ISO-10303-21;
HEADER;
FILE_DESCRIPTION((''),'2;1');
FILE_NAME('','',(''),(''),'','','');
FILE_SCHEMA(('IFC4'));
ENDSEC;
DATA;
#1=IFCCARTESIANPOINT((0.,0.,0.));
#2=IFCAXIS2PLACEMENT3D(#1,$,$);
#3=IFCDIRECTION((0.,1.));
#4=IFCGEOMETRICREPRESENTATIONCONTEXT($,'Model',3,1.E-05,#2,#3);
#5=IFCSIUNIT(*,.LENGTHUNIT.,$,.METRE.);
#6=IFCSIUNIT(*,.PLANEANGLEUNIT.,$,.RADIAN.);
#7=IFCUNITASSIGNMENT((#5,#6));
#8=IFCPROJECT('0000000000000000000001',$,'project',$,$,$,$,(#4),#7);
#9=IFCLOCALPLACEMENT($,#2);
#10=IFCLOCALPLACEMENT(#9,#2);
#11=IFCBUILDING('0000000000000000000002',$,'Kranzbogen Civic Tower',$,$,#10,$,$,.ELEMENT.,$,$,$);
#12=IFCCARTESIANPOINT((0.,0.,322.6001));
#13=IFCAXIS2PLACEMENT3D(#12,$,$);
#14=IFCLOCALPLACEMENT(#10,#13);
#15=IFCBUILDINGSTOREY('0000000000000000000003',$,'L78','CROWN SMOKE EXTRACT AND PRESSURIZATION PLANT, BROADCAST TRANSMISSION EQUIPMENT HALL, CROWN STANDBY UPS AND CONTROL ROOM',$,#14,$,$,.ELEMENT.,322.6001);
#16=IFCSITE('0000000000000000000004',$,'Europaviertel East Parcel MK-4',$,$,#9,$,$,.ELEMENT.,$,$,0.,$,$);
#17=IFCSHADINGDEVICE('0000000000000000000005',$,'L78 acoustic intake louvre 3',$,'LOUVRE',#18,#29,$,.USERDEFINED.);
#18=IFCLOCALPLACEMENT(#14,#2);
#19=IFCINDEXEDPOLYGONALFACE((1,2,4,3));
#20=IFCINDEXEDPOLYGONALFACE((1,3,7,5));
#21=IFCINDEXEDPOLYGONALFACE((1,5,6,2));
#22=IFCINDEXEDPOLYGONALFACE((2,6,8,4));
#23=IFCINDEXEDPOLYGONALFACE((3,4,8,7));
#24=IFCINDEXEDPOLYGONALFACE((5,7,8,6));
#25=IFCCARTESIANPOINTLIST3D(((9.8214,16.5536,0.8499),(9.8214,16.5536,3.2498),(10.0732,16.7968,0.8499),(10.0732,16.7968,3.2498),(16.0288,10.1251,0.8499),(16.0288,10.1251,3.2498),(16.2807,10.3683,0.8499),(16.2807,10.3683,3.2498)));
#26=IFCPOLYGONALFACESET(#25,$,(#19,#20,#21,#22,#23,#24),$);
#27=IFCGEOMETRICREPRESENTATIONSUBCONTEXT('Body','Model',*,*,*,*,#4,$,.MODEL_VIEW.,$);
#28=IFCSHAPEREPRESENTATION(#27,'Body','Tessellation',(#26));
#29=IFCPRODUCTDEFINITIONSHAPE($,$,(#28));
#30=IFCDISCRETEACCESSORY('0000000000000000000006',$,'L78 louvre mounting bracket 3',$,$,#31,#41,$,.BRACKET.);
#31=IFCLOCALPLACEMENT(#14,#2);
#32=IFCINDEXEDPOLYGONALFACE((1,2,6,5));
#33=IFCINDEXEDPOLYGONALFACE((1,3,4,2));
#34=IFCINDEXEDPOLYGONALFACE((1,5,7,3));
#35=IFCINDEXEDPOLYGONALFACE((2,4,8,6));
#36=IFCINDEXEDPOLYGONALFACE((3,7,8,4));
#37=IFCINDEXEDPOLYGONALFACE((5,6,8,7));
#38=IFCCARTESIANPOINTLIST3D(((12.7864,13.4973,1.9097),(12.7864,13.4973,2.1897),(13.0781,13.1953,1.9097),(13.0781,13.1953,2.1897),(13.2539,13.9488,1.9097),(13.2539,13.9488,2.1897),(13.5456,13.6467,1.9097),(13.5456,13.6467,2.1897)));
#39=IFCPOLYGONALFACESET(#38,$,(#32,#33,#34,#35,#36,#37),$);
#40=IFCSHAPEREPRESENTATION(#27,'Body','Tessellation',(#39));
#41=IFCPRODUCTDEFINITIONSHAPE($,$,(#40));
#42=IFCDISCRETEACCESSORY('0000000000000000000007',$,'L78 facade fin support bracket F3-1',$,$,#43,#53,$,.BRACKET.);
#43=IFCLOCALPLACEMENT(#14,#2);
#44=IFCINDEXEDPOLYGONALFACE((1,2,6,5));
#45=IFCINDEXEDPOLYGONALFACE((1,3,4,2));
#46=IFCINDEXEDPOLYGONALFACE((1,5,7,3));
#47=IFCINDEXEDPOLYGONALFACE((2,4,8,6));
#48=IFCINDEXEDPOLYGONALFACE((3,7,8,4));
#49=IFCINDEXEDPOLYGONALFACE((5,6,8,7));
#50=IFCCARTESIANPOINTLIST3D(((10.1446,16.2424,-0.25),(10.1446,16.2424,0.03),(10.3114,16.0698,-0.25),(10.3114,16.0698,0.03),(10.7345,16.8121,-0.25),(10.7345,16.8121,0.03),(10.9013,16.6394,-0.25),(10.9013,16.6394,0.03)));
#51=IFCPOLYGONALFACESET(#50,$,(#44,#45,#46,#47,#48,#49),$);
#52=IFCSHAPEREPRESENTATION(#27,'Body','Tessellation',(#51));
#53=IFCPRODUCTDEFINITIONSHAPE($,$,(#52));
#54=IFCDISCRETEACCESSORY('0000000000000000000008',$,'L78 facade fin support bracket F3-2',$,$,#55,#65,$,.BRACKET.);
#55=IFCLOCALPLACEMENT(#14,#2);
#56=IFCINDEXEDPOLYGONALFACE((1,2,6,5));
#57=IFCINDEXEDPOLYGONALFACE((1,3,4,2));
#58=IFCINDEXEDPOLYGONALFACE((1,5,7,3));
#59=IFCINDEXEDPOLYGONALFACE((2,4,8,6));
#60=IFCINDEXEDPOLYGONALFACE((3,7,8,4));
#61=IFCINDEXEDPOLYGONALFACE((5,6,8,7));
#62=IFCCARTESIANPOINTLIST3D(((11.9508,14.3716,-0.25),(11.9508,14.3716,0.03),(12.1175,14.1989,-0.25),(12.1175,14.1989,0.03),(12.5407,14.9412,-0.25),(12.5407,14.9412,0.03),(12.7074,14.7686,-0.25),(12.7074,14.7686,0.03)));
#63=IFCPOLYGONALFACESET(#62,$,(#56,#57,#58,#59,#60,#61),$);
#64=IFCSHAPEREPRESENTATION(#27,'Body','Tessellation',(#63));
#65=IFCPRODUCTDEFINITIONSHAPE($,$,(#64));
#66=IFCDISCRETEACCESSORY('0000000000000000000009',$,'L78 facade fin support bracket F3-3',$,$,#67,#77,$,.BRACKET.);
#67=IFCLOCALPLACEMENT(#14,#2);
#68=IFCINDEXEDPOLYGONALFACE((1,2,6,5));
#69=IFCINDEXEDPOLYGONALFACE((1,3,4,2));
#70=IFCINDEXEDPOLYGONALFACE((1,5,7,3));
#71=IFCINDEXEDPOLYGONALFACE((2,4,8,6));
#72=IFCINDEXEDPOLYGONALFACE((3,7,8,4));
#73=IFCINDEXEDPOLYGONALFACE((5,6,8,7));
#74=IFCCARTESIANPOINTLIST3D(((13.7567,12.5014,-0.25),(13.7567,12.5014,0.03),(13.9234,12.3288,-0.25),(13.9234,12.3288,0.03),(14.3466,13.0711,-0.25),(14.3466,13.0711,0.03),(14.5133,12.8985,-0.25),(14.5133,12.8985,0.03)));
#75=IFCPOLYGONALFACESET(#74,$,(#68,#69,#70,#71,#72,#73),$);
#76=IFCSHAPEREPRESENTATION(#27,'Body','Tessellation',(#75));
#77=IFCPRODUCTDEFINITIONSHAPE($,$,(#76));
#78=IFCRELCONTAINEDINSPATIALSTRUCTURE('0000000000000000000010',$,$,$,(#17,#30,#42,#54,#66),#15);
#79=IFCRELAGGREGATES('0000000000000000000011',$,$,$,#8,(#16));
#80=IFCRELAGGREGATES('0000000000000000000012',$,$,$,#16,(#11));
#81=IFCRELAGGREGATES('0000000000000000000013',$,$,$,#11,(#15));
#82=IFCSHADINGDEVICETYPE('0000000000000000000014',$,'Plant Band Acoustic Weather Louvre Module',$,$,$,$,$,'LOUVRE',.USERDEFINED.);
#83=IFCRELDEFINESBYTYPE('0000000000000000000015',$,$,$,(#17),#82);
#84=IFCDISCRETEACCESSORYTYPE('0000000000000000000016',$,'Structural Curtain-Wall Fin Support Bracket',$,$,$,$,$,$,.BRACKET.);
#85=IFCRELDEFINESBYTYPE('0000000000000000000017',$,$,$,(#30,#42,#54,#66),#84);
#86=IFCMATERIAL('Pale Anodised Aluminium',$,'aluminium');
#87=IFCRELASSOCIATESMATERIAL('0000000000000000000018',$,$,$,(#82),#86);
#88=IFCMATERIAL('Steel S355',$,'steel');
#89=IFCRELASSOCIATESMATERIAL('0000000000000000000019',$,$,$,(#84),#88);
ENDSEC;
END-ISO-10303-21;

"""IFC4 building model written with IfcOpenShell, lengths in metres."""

from ifc_helpers import new_model, si_unit, direction, frame, origin, origin_2d, place, context, subcontext, project, spatial, rectangle, extrude, material, type_object, element, save


model = new_model("IFC4")

# Units and contexts
model_context = context("Model", 3, precision=1e-05, world=origin(), true_north=direction((0.0, 1.0)))
body_context = subcontext(model_context, "Body", "Model", "MODEL_VIEW")
ifc_project = project(units=[si_unit("LENGTHUNIT", "METRE"), si_unit("PLANEANGLEUNIT", "RADIAN")], contexts=[model_context])

# Site, building, storey
site_placement = place(None, origin())
site = spatial("IfcSite", under=ifc_project, at=site_placement, Name="Europaviertel East Parcel MK-4", CompositionType="ELEMENT", RefElevation=0.0)
building_placement = place(site_placement, origin())
building = spatial("IfcBuilding", under=site, at=building_placement, Name="Kranzbogen Civic Tower", CompositionType="ELEMENT")
storey_placement = place(building_placement, frame((0.0, 0.0, 322.6001)))
storey = spatial("IfcBuildingStorey", under=building, at=storey_placement, Name="L78", Description="CROWN SMOKE EXTRACT AND PRESSURIZATION PLANT, BROADCAST TRANSMISSION EQUIPMENT HALL, CROWN STANDBY UPS AND CONTROL ROOM", CompositionType="ELEMENT", Elevation=322.6001)

# Shared definitions
ifc_material_1 = material(Name="Steel S355", Category="steel")

# Shared definitions
ifc_material_2 = material(Name="Pale Anodised Aluminium", Category="aluminium")

# Shading device
shading_device_type_1 = type_object("IfcShadingDeviceType", Name="Plant Band Acoustic Weather Louvre Module", ElementType="LOUVRE", PredefinedType="USERDEFINED", material=ifc_material_2)
shading_device_placement = place(storey_placement, frame((13.051, 13.4609, 0.8499), z_axis=(0.0, 0.0, 1.0), x_axis=(0.694633, -0.719364, 0.0)))
element("IfcShadingDevice", 1, at=shading_device_placement, inside=storey, type_object=shading_device_type_1, Name="L78 acoustic intake louvre 3", ObjectType="LOUVRE", PredefinedType="USERDEFINED", context=body_context, shape_type="SweptSolid", body=[
    extrude(rectangle(XDim=8.9363, YDim=0.3501, at=origin_2d()), origin(), (0.0, 0.0, 1.0), 2.3999),
])

# Discrete accessories
discrete_accessory_type = type_object("IfcDiscreteAccessoryType", Name="Structural Curtain-Wall Fin Support Bracket", PredefinedType="BRACKET", material=ifc_material_1)
discrete_accessory_placement = place(storey_placement, frame((13.166, 13.572, 1.9097), z_axis=(0.0, 0.0, 1.0), x_axis=(-0.71934, -0.694658, 0.0)))
element("IfcDiscreteAccessory", 2, at=discrete_accessory_placement, inside=storey, type_object=discrete_accessory_type, Name="L78 louvre mounting bracket 3", PredefinedType="BRACKET", context=body_context, shape_type="SweptSolid", body=[
    extrude(rectangle(XDim=0.6499, YDim=0.4199, at=origin_2d()), origin(), (0.0, 0.0, 1.0), 0.28),
])
for number, where, z_axis, x_axis, name in (
    (3, (10.5229, 16.4409, -0.25), (0.0, 0.0, 1.0), (-0.71934, -0.694658, 0.0), "L78 facade fin support bracket F3-1"),
    (4, (12.3291, 14.5701, -0.25), (0.0, 0.0, 1.0), (-0.71934, -0.694658, 0.0), "L78 facade fin support bracket F3-2"),
    (5, (14.135, 12.7, -0.25), (0.0, 0.0, 1.0), (-0.71934, -0.694658, 0.0), "L78 facade fin support bracket F3-3"),
):
    element("IfcDiscreteAccessory", number, at=place(storey_placement, frame(where, z_axis=z_axis, x_axis=x_axis)), inside=storey, type_object=discrete_accessory_type, Name=name, PredefinedType="BRACKET", context=body_context, shape_type="SweptSolid", body=[
        extrude(rectangle(XDim=0.8201, YDim=0.24, at=origin_2d()), origin(), (0.0, 0.0, 1.0), 0.28),
    ])

save(model, "model.ifc")
